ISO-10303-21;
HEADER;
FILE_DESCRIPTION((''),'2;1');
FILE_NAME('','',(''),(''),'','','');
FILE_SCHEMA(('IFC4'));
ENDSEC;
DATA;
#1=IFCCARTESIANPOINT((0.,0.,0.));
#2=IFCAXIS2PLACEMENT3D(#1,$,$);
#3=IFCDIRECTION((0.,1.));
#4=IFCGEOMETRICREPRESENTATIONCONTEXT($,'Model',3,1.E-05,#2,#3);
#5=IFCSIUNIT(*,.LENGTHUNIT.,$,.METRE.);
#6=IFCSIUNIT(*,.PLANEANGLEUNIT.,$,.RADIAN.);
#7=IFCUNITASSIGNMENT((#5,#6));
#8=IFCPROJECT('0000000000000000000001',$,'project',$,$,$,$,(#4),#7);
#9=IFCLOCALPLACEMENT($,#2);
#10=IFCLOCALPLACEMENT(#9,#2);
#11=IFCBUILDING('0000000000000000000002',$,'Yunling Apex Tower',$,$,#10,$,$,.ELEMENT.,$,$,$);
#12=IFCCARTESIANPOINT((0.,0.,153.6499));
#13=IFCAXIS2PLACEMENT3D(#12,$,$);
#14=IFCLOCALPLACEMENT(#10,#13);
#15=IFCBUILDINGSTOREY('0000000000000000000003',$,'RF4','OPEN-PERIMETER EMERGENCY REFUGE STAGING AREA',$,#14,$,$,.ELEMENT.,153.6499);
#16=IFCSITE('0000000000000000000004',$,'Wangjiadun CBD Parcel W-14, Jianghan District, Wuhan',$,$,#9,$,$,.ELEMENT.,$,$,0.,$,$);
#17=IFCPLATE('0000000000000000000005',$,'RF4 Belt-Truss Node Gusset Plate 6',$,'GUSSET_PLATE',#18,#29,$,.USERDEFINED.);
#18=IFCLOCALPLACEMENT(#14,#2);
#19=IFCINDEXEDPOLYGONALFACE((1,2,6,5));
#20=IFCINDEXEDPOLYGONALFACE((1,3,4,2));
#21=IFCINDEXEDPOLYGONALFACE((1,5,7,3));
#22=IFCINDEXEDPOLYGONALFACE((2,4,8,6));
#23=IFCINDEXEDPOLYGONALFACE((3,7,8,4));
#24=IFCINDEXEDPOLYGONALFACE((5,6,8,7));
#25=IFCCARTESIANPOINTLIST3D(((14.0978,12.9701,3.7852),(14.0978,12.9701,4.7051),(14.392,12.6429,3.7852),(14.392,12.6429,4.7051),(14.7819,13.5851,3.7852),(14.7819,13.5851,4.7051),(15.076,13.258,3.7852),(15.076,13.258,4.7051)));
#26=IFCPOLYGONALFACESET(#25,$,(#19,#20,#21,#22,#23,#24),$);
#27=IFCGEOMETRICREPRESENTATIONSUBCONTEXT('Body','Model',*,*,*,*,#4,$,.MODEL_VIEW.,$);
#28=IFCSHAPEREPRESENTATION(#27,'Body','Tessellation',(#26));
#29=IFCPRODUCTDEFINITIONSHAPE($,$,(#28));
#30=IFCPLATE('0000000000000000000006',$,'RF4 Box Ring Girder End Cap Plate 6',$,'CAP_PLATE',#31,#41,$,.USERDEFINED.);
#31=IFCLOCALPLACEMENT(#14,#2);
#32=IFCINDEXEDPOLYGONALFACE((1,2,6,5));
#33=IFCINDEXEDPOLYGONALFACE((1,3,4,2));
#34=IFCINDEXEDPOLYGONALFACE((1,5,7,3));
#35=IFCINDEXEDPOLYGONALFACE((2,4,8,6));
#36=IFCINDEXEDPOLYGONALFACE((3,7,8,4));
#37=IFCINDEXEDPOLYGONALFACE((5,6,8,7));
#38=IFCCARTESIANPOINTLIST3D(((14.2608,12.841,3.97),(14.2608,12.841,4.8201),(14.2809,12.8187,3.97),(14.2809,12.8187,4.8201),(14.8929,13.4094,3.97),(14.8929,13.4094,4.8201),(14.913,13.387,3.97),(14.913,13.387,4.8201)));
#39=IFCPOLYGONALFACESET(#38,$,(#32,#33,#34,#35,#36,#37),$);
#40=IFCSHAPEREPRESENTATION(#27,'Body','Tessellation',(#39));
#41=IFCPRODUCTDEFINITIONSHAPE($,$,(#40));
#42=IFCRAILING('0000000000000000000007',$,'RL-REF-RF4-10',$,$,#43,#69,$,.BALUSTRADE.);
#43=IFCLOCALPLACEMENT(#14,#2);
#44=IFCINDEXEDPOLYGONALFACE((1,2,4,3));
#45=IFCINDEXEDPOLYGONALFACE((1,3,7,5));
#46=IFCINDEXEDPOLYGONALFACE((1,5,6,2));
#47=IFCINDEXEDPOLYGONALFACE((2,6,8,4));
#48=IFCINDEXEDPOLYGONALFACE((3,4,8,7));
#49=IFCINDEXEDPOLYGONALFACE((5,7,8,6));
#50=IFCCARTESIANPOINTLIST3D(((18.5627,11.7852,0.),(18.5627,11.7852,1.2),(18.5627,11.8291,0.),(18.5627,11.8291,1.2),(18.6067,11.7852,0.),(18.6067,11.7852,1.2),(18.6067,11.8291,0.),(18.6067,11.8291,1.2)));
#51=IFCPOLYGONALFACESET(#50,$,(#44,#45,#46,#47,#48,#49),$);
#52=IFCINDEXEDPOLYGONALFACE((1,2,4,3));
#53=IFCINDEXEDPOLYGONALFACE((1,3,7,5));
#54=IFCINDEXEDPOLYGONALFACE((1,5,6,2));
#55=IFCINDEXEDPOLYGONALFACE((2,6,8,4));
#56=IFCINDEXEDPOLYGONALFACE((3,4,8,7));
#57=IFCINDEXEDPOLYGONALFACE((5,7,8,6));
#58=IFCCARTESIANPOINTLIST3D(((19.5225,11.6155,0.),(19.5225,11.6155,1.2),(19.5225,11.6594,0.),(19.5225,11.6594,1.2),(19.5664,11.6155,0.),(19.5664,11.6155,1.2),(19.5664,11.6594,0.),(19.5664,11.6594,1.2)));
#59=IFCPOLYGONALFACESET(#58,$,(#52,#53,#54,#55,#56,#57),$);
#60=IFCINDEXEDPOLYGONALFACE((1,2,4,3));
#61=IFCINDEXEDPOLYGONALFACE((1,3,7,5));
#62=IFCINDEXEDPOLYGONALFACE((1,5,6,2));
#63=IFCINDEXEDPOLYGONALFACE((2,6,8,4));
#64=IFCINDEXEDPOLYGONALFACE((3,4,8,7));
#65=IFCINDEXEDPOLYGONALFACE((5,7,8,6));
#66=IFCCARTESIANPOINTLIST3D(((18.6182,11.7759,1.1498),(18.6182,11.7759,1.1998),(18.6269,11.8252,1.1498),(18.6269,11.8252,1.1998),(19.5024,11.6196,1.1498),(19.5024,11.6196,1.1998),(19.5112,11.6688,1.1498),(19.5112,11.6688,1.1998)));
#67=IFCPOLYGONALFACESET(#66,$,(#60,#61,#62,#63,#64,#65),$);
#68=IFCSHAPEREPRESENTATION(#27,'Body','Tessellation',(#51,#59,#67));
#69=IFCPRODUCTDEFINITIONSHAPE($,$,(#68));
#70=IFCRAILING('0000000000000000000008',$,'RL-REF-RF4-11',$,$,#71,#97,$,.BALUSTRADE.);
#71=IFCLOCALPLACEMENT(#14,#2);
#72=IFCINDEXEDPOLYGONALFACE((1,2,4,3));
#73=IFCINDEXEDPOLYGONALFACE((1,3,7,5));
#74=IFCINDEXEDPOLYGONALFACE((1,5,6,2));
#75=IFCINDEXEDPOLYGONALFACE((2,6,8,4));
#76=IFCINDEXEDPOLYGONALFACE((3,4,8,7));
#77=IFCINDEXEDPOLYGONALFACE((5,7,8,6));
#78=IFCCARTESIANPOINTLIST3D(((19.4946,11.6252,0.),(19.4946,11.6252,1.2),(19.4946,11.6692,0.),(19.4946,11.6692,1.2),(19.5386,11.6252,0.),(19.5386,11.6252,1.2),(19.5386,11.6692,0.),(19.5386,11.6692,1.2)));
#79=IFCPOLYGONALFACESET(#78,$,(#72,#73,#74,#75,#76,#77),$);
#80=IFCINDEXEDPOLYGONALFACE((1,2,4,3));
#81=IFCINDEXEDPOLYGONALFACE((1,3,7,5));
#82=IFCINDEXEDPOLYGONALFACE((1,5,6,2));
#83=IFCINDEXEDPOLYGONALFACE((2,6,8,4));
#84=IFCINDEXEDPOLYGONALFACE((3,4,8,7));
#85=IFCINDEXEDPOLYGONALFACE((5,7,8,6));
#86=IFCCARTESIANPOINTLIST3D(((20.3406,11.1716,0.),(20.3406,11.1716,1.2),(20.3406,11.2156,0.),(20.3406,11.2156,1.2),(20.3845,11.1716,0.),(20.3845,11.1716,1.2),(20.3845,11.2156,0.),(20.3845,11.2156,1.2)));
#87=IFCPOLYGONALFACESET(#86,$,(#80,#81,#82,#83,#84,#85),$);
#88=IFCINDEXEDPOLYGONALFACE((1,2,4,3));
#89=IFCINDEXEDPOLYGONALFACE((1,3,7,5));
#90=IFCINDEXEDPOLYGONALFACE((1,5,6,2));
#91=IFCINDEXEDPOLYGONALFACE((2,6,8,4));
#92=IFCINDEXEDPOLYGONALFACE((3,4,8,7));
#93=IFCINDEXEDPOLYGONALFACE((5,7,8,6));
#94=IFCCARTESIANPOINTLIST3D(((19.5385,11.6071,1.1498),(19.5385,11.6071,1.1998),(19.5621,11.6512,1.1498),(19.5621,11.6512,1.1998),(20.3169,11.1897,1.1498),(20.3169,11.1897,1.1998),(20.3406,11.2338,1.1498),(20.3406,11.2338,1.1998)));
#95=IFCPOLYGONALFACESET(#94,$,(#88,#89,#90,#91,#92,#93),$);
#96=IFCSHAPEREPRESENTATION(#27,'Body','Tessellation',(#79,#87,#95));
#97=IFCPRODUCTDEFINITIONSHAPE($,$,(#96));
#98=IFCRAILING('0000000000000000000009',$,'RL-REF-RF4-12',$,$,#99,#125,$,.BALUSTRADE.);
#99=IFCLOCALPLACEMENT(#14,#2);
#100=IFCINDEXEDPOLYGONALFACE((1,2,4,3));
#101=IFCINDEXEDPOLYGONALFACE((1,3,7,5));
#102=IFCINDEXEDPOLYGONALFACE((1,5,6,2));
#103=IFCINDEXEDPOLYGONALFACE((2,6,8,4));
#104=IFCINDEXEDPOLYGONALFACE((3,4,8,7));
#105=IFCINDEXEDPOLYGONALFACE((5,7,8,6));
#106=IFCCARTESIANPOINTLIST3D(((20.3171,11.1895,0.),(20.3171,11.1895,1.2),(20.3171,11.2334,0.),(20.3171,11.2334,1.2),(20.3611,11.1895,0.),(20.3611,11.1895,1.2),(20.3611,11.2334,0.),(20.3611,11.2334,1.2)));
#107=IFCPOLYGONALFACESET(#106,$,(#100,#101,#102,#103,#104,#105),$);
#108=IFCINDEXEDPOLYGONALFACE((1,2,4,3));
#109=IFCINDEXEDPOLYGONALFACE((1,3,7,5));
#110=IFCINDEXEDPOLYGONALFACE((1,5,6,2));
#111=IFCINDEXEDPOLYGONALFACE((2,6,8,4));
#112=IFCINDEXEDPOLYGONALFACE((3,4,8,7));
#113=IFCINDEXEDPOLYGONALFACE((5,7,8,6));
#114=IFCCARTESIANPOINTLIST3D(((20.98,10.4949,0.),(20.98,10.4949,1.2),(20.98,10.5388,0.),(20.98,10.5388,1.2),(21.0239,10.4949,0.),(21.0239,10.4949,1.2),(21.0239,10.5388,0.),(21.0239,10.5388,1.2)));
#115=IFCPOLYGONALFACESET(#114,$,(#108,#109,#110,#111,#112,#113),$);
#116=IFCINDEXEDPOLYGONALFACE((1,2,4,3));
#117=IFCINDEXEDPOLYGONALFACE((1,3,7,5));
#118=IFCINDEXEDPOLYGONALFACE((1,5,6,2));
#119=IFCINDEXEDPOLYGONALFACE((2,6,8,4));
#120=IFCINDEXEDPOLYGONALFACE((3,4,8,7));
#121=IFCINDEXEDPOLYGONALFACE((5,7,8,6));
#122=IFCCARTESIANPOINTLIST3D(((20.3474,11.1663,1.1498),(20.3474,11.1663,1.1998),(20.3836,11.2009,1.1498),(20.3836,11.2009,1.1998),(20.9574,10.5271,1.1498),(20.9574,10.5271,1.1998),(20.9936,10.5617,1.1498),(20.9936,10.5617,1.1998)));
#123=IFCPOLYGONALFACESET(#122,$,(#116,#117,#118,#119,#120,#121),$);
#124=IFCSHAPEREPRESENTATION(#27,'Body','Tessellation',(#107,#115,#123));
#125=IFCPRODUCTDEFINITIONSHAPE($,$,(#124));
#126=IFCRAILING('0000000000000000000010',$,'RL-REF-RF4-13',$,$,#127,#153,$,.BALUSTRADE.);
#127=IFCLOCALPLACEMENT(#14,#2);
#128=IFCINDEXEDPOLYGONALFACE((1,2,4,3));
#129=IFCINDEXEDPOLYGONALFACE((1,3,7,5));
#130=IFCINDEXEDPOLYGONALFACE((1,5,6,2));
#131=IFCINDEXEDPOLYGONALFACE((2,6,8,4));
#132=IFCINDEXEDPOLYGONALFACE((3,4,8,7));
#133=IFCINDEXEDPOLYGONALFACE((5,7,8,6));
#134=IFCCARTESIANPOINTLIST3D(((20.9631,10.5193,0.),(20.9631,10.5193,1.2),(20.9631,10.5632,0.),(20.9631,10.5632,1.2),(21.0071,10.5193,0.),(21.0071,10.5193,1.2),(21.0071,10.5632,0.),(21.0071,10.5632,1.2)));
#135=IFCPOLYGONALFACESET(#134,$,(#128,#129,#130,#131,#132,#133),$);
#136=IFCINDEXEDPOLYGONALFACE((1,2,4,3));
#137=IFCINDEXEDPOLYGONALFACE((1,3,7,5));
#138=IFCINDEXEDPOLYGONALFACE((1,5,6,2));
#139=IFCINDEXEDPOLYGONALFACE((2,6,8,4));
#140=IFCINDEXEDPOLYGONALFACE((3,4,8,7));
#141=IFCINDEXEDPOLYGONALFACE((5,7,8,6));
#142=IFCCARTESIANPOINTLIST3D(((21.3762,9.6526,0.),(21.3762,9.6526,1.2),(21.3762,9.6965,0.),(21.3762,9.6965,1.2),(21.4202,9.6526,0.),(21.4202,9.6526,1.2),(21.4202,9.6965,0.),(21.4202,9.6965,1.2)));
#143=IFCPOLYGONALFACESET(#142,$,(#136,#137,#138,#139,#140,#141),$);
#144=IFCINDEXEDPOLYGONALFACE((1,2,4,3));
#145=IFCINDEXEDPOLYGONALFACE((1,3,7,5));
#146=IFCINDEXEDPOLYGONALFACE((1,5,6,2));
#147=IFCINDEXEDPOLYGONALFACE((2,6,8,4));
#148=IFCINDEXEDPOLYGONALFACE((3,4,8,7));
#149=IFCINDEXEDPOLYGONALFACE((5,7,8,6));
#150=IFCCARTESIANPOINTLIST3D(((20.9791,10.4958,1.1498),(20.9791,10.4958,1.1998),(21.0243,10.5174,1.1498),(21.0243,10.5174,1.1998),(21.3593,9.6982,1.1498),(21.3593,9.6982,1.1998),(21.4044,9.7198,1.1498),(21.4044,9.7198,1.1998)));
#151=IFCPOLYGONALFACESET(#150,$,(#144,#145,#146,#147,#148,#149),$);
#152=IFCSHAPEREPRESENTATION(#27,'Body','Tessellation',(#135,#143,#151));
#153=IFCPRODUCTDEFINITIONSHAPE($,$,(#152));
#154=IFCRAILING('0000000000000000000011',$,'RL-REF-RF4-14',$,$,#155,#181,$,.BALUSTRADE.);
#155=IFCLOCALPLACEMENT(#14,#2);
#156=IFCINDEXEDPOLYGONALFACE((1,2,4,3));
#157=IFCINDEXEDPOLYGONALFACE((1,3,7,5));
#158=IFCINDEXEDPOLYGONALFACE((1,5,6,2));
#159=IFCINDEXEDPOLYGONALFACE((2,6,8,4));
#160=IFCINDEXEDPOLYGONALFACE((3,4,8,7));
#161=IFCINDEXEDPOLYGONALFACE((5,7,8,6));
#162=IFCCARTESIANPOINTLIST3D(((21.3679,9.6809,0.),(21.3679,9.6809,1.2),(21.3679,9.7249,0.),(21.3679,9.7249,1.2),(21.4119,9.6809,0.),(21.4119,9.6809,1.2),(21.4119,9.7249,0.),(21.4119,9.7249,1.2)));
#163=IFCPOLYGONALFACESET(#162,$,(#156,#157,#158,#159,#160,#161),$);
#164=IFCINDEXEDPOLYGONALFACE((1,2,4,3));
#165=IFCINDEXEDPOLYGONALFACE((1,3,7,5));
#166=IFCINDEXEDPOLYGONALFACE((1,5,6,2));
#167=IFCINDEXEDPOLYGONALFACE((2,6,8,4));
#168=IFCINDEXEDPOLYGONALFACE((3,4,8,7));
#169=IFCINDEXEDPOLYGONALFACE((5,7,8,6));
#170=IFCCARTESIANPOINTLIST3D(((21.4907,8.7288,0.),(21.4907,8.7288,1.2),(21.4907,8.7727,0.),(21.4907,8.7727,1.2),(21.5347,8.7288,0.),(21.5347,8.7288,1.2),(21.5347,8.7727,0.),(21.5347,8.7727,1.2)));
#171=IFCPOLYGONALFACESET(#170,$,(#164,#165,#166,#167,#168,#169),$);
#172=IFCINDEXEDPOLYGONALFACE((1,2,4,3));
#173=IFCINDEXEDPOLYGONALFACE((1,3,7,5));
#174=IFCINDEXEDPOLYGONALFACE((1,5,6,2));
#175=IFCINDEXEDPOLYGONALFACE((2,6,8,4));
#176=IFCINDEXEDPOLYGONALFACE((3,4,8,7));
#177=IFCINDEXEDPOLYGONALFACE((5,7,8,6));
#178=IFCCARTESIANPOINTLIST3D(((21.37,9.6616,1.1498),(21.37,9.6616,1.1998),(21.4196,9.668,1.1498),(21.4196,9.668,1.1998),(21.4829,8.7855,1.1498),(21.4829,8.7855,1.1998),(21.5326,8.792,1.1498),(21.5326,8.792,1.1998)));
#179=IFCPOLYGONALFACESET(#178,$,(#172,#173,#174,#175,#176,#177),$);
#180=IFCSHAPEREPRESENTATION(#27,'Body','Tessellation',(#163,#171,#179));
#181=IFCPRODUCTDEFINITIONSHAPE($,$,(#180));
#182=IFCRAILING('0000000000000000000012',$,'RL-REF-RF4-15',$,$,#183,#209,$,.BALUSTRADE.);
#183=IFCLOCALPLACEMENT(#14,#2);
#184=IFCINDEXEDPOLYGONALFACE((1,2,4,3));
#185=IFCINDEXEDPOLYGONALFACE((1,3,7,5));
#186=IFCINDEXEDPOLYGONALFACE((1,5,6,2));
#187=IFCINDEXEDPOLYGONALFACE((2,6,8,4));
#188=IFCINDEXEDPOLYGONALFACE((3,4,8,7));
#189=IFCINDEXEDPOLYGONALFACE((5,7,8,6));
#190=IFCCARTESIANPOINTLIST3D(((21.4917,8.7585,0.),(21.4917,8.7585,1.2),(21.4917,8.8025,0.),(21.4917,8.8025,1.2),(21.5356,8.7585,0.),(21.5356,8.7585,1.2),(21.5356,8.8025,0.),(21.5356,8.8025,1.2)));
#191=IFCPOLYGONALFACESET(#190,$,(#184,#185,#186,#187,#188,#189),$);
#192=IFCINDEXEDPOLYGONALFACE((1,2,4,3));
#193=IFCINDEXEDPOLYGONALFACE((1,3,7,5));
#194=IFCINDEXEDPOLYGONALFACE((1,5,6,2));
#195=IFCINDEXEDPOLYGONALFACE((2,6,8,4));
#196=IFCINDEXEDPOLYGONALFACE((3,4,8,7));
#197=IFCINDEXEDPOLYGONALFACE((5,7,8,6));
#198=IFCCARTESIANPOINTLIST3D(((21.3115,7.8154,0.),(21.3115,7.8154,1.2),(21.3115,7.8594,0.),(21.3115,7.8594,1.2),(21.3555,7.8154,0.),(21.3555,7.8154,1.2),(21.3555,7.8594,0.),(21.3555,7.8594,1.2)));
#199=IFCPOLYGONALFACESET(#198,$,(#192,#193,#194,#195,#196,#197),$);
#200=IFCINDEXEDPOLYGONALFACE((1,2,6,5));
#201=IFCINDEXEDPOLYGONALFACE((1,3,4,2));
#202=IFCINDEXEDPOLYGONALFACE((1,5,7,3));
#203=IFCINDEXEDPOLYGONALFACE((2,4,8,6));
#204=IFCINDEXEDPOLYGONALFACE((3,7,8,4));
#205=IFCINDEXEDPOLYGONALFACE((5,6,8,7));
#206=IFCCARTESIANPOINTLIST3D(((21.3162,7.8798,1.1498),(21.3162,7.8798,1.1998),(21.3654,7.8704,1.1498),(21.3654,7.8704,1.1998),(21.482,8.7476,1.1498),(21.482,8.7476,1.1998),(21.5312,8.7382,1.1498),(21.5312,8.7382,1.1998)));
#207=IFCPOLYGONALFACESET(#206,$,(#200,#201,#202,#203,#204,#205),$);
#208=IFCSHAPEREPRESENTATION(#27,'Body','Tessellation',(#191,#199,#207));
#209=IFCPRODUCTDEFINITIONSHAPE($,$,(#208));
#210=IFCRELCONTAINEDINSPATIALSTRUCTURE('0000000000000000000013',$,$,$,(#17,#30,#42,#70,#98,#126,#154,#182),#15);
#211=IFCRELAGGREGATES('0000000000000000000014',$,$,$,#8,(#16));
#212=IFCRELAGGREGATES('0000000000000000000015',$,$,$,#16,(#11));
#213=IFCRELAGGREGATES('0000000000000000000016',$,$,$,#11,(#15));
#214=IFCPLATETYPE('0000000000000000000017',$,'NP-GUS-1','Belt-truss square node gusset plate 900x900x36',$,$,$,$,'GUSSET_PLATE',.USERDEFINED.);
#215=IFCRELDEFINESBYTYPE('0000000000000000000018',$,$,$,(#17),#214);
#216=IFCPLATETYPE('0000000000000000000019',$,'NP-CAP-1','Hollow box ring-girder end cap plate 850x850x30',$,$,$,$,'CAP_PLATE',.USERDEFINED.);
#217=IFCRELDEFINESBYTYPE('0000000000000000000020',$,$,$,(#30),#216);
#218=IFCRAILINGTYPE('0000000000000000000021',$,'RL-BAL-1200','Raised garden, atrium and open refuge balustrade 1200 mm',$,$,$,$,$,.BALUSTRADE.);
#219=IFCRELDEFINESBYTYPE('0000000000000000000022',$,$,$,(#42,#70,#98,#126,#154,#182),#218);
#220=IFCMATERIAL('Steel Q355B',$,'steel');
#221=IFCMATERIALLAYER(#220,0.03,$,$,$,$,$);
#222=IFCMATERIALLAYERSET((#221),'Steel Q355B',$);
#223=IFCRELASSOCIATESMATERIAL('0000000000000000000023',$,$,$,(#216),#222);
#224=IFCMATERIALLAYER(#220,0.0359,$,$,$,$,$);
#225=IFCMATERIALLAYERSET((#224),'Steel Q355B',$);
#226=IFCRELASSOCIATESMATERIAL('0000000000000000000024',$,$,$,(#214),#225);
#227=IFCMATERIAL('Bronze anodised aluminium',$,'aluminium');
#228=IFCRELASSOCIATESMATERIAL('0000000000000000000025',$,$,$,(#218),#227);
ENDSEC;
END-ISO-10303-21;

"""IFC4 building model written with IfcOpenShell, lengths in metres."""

from ifc_helpers import new_model, si_unit, direction, frame, origin, origin_2d, place, context, subcontext, project, spatial, rectangle, extrude, source, transform, mapped, material, layer, layer_set, type_object, element, save


model = new_model("IFC4")

# Units and contexts
model_context = context("Model", 3, precision=1e-05, world=origin(), true_north=direction((0.0, 1.0)))
body_context = subcontext(model_context, "Body", "Model", "MODEL_VIEW")
ifc_project = project(units=[si_unit("LENGTHUNIT", "METRE"), si_unit("PLANEANGLEUNIT", "RADIAN")], contexts=[model_context])

# Site, building, storey
site_placement = place(None, origin())
site = spatial("IfcSite", under=ifc_project, at=site_placement, Name="Wangjiadun CBD Parcel W-14, Jianghan District, Wuhan", CompositionType="ELEMENT", RefElevation=0.0)
building_placement = place(site_placement, origin())
building = spatial("IfcBuilding", under=site, at=building_placement, Name="Yunling Apex Tower", CompositionType="ELEMENT")
storey_placement = place(building_placement, frame((0.0, 0.0, 153.6499)))
storey = spatial("IfcBuildingStorey", under=building, at=storey_placement, Name="RF4", Description="OPEN-PERIMETER EMERGENCY REFUGE STAGING AREA", CompositionType="ELEMENT", Elevation=153.6499)

# Shared definitions
ifc_material_1 = material(Name="Steel Q355B", Category="steel")

# Plates
ifc_layer_1 = layer(ifc_material_1, 0.03)
ifc_layer_set_1 = layer_set([ifc_layer_1], Name="Steel Q355B")
plate_type_1 = type_object("IfcPlateType", Name="NP-CAP-1", Description="Hollow box ring-girder end cap plate 850x850x30", ElementType="CAP_PLATE", PredefinedType="USERDEFINED", material=ifc_layer_set_1)
ifc_layer_2 = layer(ifc_material_1, 0.0359)
ifc_layer_set_2 = layer_set([ifc_layer_2], Name="Steel Q355B")
plate_type_2 = type_object("IfcPlateType", Name="NP-GUS-1", Description="Belt-truss square node gusset plate 900x900x36", ElementType="GUSSET_PLATE", PredefinedType="USERDEFINED", material=ifc_layer_set_2)
shared_shape_1 = source(origin(), body_context, "Body", "SweptSolid", [
    extrude(rectangle(XDim=0.9199, YDim=0.4399, at=origin_2d()), origin(), (0.0, 0.0, 1.0), 0.9199),
])
for number, where, z_axis, x_axis, name in (
    (1, (14.5869, 13.114, 3.7852), (0.0, 0.0, 1.0), (0.743612, 0.668612, 0.0), "RF4 Belt-Truss Node Gusset Plate 6"),
):
    element("IfcPlate", number, at=place(storey_placement, frame(where, z_axis=z_axis, x_axis=x_axis)), inside=storey, type_object=plate_type_2, Name=name, ObjectType="GUSSET_PLATE", PredefinedType="USERDEFINED", context=body_context, shape_type="MappedRepresentation", body=[
        mapped(shared_shape_1, transform((0.0, 0.0, 0.0), scale=1.0)),
    ])
shared_shape_2 = source(origin(), body_context, "Body", "SweptSolid", [
    extrude(rectangle(XDim=0.8501, YDim=0.03, at=origin_2d()), origin(), (0.0, 0.0, 1.0), 0.8501),
])
plate_placement = place(storey_placement, frame((14.5869, 13.114, 3.97), z_axis=(0.0, 0.0, 1.0), x_axis=(0.743612, 0.668612, 0.0)))
element("IfcPlate", 2, at=plate_placement, inside=storey, type_object=plate_type_1, Name="RF4 Box Ring Girder End Cap Plate 6", ObjectType="CAP_PLATE", PredefinedType="USERDEFINED", context=body_context, shape_type="MappedRepresentation", body=[
    mapped(shared_shape_2, transform((0.0, 0.0, 0.0), scale=1.0)),
])

# Railings
ifc_material_2 = material(Name="Bronze anodised aluminium", Category="aluminium")
railing_type = type_object("IfcRailingType", Name="RL-BAL-1200", Description="Raised garden, atrium and open refuge balustrade 1200 mm", PredefinedType="BALUSTRADE", material=ifc_material_2)
railing_1_placement = place(storey_placement, frame((18.5847, 11.8071, 0.0)))
element("IfcRailing", 3, at=railing_1_placement, inside=storey, type_object=railing_type, Name="RL-REF-RF4-10", PredefinedType="BALUSTRADE", context=body_context, shape_type="SweptSolid", body=[
    extrude(rectangle(XDim=0.0439, YDim=0.0439, at=origin_2d()), origin(), (0.0, 0.0, 1.0), 1.2),
    extrude(rectangle(XDim=0.0439, YDim=0.0439, at=origin_2d()), frame((0.9597, -0.1697, 0.0)), (0.0, 0.0, 1.0), 1.2),
    extrude(rectangle(XDim=0.05, YDim=0.05, at=origin_2d()), frame((0.0378, -0.0066, 1.1748), z_axis=(0.984728, -0.1741, 0.0), x_axis=(0.1741, 0.984728, 0.0)), (0.0, 0.0, 1.0), 0.8979),
])
railing_2_placement = place(storey_placement, frame((19.5166, 11.6472, 0.0)))
element("IfcRailing", 4, at=railing_2_placement, inside=storey, type_object=railing_type, Name="RL-REF-RF4-11", PredefinedType="BALUSTRADE", context=body_context, shape_type="SweptSolid", body=[
    extrude(rectangle(XDim=0.0439, YDim=0.0439, at=origin_2d()), origin(), (0.0, 0.0, 1.0), 1.2),
    extrude(rectangle(XDim=0.0439, YDim=0.0439, at=origin_2d()), frame((0.8459, -0.4536, 0.0)), (0.0, 0.0, 1.0), 1.2),
    extrude(rectangle(XDim=0.05, YDim=0.05, at=origin_2d()), frame((0.0337, -0.0181, 1.1748), z_axis=(0.881295, -0.472567, 0.0), x_axis=(0.472567, 0.881295, 0.0)), (0.0, 0.0, 1.0), 0.8833),
])
railing_3_placement = place(storey_placement, frame((20.3391, 11.2114, 0.0)))
element("IfcRailing", 5, at=railing_3_placement, inside=storey, type_object=railing_type, Name="RL-REF-RF4-12", PredefinedType="BALUSTRADE", context=body_context, shape_type="SweptSolid", body=[
    extrude(rectangle(XDim=0.0439, YDim=0.0439, at=origin_2d()), origin(), (0.0, 0.0, 1.0), 1.2),
    extrude(rectangle(XDim=0.0439, YDim=0.0439, at=origin_2d()), frame((0.6628, -0.6946, 0.0)), (0.0, 0.0, 1.0), 1.2),
    extrude(rectangle(XDim=0.05, YDim=0.05, at=origin_2d()), frame((0.0264, -0.0278, 1.1748), z_axis=(0.690385, -0.723442, 0.0), x_axis=(0.723442, 0.690385, 0.0)), (0.0, 0.0, 1.0), 0.8835),
])
railing_4_placement = place(storey_placement, frame((20.9851, 10.5413, 0.0)))
element("IfcRailing", 6, at=railing_4_placement, inside=storey, type_object=railing_type, Name="RL-REF-RF4-13", PredefinedType="BALUSTRADE", context=body_context, shape_type="SweptSolid", body=[
    extrude(rectangle(XDim=0.0439, YDim=0.0439, at=origin_2d()), origin(), (0.0, 0.0, 1.0), 1.2),
    extrude(rectangle(XDim=0.0439, YDim=0.0439, at=origin_2d()), frame((0.4131, -0.8667, 0.0)), (0.0, 0.0, 1.0), 1.2),
    extrude(rectangle(XDim=0.05, YDim=0.05, at=origin_2d()), frame((0.0166, -0.0347, 1.1748), z_axis=(0.430249, -0.90271, 0.0), x_axis=(0.90271, 0.430249, 0.0)), (0.0, 0.0, 1.0), 0.8835),
])
railing_5_placement = place(storey_placement, frame((21.3899, 9.7029, 0.0)))
element("IfcRailing", 7, at=railing_5_placement, inside=storey, type_object=railing_type, Name="RL-REF-RF4-14", PredefinedType="BALUSTRADE", context=body_context, shape_type="SweptSolid", body=[
    extrude(rectangle(XDim=0.0439, YDim=0.0439, at=origin_2d()), origin(), (0.0, 0.0, 1.0), 1.2),
    extrude(rectangle(XDim=0.0439, YDim=0.0439, at=origin_2d()), frame((0.1228, -0.9521, 0.0)), (0.0, 0.0, 1.0), 1.2),
    extrude(rectangle(XDim=0.05, YDim=0.05, at=origin_2d()), frame((0.0049, -0.0381, 1.1748), z_axis=(0.127915, -0.991785, 0.0), x_axis=(0.991785, 0.127915, 0.0)), (0.0, 0.0, 1.0), 0.8833),
])
railing_6_placement = place(storey_placement, frame((21.5137, 8.7805, 0.0)))
element("IfcRailing", 8, at=railing_6_placement, inside=storey, type_object=railing_type, Name="RL-REF-RF4-15", PredefinedType="BALUSTRADE", context=body_context, shape_type="SweptSolid", body=[
    extrude(rectangle(XDim=0.0439, YDim=0.0439, at=origin_2d()), origin(), (0.0, 0.0, 1.0), 1.2),
    extrude(rectangle(XDim=0.0439, YDim=0.0439, at=origin_2d()), frame((-0.1802, -0.9431, 0.0)), (0.0, 0.0, 1.0), 1.2),
    extrude(rectangle(XDim=0.05, YDim=0.05, at=origin_2d()), frame((-0.0071, -0.0376, 1.1748), z_axis=(-0.18765, -0.982236, 0.0), x_axis=(0.982236, -0.18765, 0.0)), (0.0, 0.0, 1.0), 0.8835),
])

save(model, "model.ifc")
